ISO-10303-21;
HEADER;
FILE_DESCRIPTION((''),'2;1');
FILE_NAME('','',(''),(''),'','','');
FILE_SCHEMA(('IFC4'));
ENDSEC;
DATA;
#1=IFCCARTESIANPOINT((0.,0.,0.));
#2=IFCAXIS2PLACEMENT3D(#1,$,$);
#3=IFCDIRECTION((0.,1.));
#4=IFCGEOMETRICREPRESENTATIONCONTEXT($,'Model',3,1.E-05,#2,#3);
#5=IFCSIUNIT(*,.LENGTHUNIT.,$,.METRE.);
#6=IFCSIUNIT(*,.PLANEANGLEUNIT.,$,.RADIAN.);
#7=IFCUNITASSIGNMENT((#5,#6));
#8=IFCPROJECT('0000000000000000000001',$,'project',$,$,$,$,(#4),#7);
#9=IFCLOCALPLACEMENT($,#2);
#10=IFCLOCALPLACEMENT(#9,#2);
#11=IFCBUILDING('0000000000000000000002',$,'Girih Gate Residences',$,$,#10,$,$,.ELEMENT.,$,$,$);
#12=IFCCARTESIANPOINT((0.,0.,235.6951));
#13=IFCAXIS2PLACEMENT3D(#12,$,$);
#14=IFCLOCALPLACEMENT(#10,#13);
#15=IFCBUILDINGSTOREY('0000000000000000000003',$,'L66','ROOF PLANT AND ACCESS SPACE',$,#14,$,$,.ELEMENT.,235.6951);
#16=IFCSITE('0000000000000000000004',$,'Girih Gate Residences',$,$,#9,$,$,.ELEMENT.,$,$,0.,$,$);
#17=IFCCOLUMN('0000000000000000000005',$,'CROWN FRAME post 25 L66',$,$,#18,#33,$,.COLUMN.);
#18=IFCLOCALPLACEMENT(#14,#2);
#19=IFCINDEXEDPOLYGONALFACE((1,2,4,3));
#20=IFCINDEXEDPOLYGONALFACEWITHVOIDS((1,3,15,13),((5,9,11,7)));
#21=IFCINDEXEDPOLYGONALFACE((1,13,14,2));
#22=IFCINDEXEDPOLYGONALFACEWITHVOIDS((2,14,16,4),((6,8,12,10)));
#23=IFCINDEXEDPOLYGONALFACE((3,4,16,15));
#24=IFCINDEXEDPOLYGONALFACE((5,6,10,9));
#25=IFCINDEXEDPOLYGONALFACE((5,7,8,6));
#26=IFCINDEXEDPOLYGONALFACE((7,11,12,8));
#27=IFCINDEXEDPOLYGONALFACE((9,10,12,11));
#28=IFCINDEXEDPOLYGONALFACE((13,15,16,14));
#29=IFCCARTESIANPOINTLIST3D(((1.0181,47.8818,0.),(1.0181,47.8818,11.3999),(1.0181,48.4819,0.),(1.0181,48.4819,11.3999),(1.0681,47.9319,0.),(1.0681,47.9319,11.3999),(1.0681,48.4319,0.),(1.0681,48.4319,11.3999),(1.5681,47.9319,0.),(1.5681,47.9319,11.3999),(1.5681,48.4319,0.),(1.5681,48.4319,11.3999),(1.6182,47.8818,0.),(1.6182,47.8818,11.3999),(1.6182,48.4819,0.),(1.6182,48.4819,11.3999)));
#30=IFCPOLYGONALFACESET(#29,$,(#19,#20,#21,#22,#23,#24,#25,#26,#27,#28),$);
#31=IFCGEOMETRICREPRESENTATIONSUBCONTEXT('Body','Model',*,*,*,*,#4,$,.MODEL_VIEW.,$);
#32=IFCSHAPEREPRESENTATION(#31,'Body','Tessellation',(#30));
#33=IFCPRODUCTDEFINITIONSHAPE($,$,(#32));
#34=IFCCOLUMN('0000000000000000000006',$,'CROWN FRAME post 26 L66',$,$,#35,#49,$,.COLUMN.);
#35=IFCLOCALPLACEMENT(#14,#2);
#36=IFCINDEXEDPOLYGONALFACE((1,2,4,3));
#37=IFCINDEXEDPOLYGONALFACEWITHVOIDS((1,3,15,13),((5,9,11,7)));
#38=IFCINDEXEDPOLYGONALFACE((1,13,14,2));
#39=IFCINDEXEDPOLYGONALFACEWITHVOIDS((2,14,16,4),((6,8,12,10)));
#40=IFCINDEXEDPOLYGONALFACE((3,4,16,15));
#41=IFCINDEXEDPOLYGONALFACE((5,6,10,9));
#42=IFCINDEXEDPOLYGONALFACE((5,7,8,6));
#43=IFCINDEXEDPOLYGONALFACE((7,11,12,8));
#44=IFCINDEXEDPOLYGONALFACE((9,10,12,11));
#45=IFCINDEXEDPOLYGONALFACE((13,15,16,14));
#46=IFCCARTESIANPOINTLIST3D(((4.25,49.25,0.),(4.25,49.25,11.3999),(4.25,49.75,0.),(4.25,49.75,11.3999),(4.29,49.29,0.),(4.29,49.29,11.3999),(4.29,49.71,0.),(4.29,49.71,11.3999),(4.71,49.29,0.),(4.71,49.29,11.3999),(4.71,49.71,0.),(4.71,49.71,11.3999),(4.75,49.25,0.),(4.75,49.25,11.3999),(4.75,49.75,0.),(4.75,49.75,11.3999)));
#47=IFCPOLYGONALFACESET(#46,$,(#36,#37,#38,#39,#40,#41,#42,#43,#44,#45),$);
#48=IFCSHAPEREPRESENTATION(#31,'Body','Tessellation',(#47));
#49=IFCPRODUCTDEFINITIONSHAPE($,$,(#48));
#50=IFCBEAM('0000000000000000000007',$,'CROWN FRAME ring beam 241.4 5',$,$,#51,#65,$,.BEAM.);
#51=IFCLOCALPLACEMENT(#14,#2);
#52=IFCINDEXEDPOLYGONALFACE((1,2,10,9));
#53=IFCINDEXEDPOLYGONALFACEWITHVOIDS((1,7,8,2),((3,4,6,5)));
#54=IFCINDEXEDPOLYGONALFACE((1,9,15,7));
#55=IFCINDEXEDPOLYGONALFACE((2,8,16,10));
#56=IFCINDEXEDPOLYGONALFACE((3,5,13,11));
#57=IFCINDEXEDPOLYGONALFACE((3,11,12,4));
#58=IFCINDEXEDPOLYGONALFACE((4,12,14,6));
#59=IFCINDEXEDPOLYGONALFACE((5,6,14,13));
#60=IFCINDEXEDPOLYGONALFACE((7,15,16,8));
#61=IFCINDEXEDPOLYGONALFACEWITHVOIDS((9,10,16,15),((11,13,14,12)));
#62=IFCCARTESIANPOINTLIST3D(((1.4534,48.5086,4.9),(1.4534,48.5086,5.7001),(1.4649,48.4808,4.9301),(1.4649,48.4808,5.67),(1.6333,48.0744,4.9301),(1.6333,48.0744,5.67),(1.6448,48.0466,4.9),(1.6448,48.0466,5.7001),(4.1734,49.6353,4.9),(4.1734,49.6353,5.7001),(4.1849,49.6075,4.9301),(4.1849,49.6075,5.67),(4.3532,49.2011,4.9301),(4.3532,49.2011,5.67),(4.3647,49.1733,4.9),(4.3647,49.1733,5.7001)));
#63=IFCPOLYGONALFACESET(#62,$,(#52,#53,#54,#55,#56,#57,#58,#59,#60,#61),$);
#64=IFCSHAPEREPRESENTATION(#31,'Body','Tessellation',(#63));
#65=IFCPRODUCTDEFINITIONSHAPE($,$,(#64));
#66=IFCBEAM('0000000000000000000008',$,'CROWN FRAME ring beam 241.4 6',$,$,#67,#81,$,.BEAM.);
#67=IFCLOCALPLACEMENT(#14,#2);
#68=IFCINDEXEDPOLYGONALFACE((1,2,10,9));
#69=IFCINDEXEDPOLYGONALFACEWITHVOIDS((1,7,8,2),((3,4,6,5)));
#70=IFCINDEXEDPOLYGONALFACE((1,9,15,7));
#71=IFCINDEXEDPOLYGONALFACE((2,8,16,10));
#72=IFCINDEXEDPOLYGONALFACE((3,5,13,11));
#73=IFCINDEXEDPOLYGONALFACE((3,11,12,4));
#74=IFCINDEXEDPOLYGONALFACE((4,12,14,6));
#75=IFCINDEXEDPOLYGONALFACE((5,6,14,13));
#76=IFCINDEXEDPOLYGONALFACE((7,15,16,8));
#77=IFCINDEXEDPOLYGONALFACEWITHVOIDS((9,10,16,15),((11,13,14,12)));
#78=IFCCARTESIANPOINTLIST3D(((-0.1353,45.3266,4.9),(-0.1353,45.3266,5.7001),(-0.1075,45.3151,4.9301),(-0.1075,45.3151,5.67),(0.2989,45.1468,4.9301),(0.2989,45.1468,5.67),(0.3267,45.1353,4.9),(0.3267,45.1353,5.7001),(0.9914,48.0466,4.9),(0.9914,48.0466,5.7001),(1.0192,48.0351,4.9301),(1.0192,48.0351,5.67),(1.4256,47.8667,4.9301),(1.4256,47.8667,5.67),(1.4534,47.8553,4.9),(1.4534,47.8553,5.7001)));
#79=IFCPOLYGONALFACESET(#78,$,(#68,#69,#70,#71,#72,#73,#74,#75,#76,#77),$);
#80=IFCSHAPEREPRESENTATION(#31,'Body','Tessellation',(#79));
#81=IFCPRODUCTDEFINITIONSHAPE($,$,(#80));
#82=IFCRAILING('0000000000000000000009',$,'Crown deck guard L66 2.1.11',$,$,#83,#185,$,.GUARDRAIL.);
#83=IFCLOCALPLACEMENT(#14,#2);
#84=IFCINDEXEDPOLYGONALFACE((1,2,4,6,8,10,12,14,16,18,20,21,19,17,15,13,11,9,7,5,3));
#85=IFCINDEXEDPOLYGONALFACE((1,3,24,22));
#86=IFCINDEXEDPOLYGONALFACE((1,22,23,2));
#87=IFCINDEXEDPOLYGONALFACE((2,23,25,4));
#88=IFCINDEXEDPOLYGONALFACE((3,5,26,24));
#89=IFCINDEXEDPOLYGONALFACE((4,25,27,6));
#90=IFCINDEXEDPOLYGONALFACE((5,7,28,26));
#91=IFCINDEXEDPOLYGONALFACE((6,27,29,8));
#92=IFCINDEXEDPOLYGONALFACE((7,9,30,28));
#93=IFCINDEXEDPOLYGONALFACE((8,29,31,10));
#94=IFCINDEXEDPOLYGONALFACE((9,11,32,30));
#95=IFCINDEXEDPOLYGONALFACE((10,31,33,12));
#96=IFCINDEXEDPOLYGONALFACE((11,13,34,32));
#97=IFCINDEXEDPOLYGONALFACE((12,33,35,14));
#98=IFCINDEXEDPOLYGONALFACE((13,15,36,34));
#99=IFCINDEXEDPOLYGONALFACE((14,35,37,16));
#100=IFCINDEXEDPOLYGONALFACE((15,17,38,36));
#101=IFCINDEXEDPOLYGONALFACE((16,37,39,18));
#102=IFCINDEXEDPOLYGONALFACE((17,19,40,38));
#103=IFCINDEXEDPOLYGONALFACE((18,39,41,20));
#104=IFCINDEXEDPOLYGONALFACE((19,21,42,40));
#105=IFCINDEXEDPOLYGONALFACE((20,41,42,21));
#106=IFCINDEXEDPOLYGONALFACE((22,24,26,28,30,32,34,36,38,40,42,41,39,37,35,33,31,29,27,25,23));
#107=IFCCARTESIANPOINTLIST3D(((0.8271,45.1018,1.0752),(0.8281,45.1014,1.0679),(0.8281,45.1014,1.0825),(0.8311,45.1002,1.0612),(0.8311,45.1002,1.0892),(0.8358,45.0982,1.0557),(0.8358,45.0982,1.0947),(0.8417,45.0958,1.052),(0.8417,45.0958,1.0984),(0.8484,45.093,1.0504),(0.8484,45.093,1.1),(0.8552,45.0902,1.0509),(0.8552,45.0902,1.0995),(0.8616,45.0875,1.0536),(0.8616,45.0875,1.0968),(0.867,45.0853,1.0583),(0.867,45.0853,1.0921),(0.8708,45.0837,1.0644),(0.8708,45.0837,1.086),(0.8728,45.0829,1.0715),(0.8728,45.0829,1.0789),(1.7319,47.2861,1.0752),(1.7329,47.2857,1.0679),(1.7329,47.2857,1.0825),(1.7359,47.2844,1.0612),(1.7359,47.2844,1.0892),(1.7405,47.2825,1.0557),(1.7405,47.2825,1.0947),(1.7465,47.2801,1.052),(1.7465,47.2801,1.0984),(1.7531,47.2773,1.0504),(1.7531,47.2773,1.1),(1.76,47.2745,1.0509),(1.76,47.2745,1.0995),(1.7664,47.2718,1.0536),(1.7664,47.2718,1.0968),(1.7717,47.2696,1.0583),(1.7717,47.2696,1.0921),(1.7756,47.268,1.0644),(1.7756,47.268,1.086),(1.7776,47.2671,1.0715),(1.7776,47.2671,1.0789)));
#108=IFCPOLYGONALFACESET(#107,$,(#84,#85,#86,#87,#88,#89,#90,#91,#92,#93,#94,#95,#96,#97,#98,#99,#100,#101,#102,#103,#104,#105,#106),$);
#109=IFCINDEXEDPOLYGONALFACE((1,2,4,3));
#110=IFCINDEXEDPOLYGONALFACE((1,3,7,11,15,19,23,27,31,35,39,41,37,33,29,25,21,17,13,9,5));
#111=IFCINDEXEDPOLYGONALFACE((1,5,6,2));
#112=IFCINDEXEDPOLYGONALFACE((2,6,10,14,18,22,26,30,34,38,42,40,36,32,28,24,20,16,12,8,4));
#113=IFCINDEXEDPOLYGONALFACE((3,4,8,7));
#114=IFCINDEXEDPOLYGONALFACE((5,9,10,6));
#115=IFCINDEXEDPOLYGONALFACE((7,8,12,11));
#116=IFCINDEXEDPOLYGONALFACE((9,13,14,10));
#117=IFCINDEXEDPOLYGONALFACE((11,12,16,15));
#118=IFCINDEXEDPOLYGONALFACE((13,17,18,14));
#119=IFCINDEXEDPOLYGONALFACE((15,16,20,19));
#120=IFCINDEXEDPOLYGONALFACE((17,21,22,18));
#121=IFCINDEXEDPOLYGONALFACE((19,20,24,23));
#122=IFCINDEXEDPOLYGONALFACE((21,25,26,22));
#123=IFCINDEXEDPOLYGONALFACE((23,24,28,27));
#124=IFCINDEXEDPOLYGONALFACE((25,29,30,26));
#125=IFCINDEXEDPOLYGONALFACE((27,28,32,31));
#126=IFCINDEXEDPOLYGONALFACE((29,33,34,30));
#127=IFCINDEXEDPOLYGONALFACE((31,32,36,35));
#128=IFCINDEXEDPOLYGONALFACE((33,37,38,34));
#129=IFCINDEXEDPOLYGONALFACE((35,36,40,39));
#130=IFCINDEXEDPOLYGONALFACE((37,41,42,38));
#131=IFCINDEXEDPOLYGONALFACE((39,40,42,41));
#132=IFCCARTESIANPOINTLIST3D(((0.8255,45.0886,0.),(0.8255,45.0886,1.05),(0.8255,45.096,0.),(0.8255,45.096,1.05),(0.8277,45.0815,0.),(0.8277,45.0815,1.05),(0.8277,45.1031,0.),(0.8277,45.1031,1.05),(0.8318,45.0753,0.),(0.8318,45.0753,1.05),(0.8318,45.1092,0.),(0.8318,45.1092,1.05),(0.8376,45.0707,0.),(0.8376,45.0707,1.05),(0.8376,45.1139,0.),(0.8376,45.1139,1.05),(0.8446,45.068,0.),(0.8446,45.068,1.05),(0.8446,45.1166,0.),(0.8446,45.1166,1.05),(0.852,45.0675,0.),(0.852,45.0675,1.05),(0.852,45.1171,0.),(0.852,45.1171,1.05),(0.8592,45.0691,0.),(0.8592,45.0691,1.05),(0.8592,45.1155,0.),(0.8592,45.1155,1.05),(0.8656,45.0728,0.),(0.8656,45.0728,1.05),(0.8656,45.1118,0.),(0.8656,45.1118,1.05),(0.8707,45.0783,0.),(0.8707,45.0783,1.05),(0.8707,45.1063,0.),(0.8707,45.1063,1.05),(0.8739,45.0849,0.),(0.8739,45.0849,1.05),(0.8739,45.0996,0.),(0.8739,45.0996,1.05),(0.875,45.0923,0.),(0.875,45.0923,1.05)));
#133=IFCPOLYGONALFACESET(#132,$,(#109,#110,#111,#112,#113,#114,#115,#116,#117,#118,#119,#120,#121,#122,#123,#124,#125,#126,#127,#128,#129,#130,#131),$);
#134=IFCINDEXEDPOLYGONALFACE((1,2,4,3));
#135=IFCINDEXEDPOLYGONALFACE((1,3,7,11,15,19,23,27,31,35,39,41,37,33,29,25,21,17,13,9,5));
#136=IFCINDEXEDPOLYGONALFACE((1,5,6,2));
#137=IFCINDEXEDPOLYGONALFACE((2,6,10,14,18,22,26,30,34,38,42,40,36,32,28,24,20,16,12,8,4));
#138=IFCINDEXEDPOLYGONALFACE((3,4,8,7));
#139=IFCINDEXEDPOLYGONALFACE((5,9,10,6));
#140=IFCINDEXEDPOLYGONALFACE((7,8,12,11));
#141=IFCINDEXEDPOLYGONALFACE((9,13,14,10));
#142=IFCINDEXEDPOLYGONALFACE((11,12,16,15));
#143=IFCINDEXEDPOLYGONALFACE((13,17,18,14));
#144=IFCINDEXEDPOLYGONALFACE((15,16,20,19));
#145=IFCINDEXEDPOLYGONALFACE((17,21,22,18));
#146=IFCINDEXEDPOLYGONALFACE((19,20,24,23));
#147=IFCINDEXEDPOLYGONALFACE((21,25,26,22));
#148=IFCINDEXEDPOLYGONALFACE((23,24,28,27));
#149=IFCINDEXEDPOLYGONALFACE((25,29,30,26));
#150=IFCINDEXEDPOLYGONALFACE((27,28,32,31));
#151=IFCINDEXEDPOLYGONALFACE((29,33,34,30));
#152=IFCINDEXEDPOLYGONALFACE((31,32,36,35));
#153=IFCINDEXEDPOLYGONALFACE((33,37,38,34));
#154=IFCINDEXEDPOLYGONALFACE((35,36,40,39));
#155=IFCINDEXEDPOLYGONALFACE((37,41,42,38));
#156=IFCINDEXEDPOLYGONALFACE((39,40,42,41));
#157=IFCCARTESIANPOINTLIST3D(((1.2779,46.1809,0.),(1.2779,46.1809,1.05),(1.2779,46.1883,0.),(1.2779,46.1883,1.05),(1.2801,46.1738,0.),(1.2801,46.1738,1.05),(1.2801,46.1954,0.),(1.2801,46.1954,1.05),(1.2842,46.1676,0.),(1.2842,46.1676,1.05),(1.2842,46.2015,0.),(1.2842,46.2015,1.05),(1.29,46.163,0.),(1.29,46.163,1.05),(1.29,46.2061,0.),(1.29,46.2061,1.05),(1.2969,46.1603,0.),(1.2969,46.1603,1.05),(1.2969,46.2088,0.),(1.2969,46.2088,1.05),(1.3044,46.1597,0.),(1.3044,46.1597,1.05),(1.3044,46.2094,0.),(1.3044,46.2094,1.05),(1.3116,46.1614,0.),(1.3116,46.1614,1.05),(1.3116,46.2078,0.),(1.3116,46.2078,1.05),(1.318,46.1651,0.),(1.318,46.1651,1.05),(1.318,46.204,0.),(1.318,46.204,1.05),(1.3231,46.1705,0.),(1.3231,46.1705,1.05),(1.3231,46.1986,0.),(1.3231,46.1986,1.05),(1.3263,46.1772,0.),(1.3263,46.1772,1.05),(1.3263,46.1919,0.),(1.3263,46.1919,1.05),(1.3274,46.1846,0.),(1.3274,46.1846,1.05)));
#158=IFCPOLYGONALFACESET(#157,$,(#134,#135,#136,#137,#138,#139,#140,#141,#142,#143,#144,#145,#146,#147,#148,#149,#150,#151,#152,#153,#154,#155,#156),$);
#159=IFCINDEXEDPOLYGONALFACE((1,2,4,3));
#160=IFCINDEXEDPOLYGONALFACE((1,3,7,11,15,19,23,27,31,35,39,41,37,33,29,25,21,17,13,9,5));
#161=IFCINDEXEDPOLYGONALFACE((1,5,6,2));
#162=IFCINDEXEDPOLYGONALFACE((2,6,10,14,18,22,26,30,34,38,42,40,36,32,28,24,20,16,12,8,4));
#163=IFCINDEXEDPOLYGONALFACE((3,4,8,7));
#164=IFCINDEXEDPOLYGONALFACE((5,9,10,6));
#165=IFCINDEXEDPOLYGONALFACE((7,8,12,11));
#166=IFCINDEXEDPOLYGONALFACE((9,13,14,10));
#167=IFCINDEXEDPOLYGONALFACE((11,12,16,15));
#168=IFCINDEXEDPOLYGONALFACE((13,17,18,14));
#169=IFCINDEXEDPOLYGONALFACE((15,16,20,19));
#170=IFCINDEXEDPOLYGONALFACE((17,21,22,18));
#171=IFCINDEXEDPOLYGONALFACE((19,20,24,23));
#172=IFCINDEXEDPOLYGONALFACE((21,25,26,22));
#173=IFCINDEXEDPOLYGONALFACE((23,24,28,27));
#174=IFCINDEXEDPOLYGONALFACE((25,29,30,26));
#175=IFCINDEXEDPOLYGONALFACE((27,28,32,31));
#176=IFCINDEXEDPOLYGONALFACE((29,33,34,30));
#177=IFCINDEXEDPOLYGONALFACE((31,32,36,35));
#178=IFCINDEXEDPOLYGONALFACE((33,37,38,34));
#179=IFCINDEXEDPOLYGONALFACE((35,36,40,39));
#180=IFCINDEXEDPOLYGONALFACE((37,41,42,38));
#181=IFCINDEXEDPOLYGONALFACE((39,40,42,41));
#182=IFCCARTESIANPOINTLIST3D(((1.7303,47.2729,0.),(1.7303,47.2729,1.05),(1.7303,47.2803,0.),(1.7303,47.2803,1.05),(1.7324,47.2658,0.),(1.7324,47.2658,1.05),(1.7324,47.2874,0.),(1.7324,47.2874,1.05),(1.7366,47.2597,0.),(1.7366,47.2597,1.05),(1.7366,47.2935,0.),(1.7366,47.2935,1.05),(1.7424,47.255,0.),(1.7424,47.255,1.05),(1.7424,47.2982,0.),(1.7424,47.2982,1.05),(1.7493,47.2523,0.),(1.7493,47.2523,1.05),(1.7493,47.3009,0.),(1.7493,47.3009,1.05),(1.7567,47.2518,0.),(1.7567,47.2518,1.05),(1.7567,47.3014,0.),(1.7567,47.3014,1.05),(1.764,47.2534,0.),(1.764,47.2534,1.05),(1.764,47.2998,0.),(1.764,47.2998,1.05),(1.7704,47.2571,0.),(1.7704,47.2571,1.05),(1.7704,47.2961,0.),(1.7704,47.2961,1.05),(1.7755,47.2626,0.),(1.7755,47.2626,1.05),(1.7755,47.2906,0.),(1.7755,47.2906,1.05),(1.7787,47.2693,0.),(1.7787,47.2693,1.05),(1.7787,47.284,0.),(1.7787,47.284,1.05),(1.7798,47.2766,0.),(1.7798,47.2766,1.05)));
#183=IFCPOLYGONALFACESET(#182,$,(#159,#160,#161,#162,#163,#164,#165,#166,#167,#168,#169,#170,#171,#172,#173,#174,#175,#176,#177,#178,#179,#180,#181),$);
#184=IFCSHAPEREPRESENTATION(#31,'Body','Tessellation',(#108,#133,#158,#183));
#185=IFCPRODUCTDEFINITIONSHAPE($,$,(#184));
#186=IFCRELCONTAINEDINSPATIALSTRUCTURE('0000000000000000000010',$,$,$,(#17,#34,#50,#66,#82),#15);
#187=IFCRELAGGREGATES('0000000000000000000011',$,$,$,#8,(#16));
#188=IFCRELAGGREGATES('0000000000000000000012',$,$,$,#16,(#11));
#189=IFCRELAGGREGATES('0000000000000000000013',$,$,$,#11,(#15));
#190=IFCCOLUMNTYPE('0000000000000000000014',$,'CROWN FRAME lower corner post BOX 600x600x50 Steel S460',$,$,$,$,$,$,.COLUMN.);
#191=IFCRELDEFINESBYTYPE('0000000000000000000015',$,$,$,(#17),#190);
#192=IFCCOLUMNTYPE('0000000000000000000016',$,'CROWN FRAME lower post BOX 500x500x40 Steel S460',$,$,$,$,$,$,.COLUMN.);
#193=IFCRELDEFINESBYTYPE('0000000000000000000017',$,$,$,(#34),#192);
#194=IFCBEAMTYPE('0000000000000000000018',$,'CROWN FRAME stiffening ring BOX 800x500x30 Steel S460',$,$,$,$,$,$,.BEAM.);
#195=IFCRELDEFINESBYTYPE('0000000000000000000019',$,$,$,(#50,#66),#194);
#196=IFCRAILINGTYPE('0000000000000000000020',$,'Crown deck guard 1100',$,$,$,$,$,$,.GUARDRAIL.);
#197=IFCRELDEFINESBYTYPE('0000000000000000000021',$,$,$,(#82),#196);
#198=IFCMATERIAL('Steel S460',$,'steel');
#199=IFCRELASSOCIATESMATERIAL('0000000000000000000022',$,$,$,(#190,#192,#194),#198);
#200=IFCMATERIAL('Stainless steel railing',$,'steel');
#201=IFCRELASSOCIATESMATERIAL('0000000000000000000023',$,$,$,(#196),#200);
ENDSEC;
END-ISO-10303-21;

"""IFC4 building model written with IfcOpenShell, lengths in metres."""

from ifc_helpers import new_model, si_unit, direction, frame, origin, origin_2d, place, context, subcontext, project, spatial, hollow_rectangle, circle, extrude, material, material_profile, profile_set, type_object, element, save


model = new_model("IFC4")

# Units and contexts
model_context = context("Model", 3, precision=1e-05, world=origin(), true_north=direction((0.0, 1.0)))
body_context = subcontext(model_context, "Body", "Model", "MODEL_VIEW")
ifc_project = project(units=[si_unit("LENGTHUNIT", "METRE"), si_unit("PLANEANGLEUNIT", "RADIAN")], contexts=[model_context])

# Site, building, storey
site_placement = place(None, origin())
site = spatial("IfcSite", under=ifc_project, at=site_placement, Name="Girih Gate Residences", CompositionType="ELEMENT", RefElevation=0.0)
building_placement = place(site_placement, origin())
building = spatial("IfcBuilding", under=site, at=building_placement, Name="Girih Gate Residences", CompositionType="ELEMENT")
storey_placement = place(building_placement, frame((0.0, 0.0, 235.6951)))
storey = spatial("IfcBuildingStorey", under=building, at=storey_placement, Name="L66", Description="ROOF PLANT AND ACCESS SPACE", CompositionType="ELEMENT", Elevation=235.6951)

# Columns
ifc_material_1 = material(Name="Steel S460", Category="steel")
ifc_material_profile_1 = material_profile(ifc_material_1, hollow_rectangle(XDim=0.6001, YDim=0.6001, WallThickness=0.05, at=origin_2d()))
ifc_profile_set_1 = profile_set([ifc_material_profile_1], Name="Steel S460")
column_type_1 = type_object("IfcColumnType", Name="CROWN FRAME lower corner post BOX 600x600x50 Steel S460", PredefinedType="COLUMN", material=ifc_profile_set_1)
column_1_placement = place(storey_placement, frame((1.3181, 48.1819, 0.0), z_axis=(0.0, 0.0, 1.0), x_axis=(1.0, 0.0, 0.0)))
element("IfcColumn", 1, at=column_1_placement, inside=storey, type_object=column_type_1, Name="CROWN FRAME post 25 L66", PredefinedType="COLUMN", context=body_context, shape_type="SweptSolid", body=[
    extrude(hollow_rectangle(XDim=0.6001, YDim=0.6001, WallThickness=0.05, at=origin_2d()), origin(), (0.0, 0.0, 1.0), 11.3999),
])
ifc_material_profile_2 = material_profile(ifc_material_1, hollow_rectangle(XDim=0.5, YDim=0.5, WallThickness=0.04, at=origin_2d()))
ifc_profile_set_2 = profile_set([ifc_material_profile_2], Name="Steel S460")
column_type_2 = type_object("IfcColumnType", Name="CROWN FRAME lower post BOX 500x500x40 Steel S460", PredefinedType="COLUMN", material=ifc_profile_set_2)
column_2_placement = place(storey_placement, frame((4.5, 49.5, 0.0), z_axis=(0.0, 0.0, 1.0), x_axis=(1.0, 0.0, 0.0)))
element("IfcColumn", 2, at=column_2_placement, inside=storey, type_object=column_type_2, Name="CROWN FRAME post 26 L66", PredefinedType="COLUMN", context=body_context, shape_type="SweptSolid", body=[
    extrude(hollow_rectangle(XDim=0.5, YDim=0.5, WallThickness=0.04, at=origin_2d()), origin(), (0.0, 0.0, 1.0), 11.3999),
])

# Beams
ifc_material_profile_3 = material_profile(ifc_material_1, hollow_rectangle(XDim=0.5, YDim=0.8, WallThickness=0.03, at=origin_2d()))
ifc_profile_set_3 = profile_set([ifc_material_profile_3], Name="Steel S460")
beam_type = type_object("IfcBeamType", Name="CROWN FRAME stiffening ring BOX 800x500x30 Steel S460", PredefinedType="BEAM", material=ifc_profile_set_3)
for number, where, z_axis, x_axis, name in (
    (3, (4.269, 49.4043, 5.3), (-0.923872, -0.382701, 0.0), (0.382701, -0.923872, 0.0), "CROWN FRAME ring beam 241.4 5"),
    (4, (1.2224, 47.9509, 5.3), (-0.382701, -0.923872, 0.0), (0.923872, -0.382701, 0.0), "CROWN FRAME ring beam 241.4 6"),
):
    element("IfcBeam", number, at=place(storey_placement, frame(where, z_axis=z_axis, x_axis=x_axis)), inside=storey, type_object=beam_type, Name=name, PredefinedType="BEAM", context=body_context, shape_type="SweptSolid", body=[
        extrude(hollow_rectangle(XDim=0.5, YDim=0.8, WallThickness=0.03, at=origin_2d()), origin(), (0.0, 0.0, 1.0), 2.9441),
    ])

# Railing
ifc_material_2 = material(Name="Stainless steel railing", Category="steel")
railing_type = type_object("IfcRailingType", Name="Crown deck guard 1100", PredefinedType="GUARDRAIL", material=ifc_material_2)
railing_1_placement = place(storey_placement, frame((0.8501, 45.0923, 0.0)))
element("IfcRailing", 5, at=railing_1_placement, inside=storey, type_object=railing_type, Name="Crown deck guard L66 2.1.11", PredefinedType="GUARDRAIL", context=body_context, shape_type="SweptSolid", body=[
    extrude(circle(Radius=0.0249, at=origin_2d()), frame((0.0, 0.0, 1.0752), z_axis=(0.382686, 0.923878, 0.0), x_axis=(-0.923878, 0.382686, 0.0)), (0.0, 0.0, 1.0), 2.3643),
    extrude(circle(Radius=0.0249, at=origin_2d()), origin(), (0.0, 0.0, 1.0), 1.05),
    extrude(circle(Radius=0.0249, at=origin_2d()), frame((0.4524, 1.0923, 0.0)), (0.0, 0.0, 1.0), 1.05),
    extrude(circle(Radius=0.0249, at=origin_2d()), frame((0.9048, 2.1843, 0.0)), (0.0, 0.0, 1.0), 1.05),
])

save(model, "model.ifc")
